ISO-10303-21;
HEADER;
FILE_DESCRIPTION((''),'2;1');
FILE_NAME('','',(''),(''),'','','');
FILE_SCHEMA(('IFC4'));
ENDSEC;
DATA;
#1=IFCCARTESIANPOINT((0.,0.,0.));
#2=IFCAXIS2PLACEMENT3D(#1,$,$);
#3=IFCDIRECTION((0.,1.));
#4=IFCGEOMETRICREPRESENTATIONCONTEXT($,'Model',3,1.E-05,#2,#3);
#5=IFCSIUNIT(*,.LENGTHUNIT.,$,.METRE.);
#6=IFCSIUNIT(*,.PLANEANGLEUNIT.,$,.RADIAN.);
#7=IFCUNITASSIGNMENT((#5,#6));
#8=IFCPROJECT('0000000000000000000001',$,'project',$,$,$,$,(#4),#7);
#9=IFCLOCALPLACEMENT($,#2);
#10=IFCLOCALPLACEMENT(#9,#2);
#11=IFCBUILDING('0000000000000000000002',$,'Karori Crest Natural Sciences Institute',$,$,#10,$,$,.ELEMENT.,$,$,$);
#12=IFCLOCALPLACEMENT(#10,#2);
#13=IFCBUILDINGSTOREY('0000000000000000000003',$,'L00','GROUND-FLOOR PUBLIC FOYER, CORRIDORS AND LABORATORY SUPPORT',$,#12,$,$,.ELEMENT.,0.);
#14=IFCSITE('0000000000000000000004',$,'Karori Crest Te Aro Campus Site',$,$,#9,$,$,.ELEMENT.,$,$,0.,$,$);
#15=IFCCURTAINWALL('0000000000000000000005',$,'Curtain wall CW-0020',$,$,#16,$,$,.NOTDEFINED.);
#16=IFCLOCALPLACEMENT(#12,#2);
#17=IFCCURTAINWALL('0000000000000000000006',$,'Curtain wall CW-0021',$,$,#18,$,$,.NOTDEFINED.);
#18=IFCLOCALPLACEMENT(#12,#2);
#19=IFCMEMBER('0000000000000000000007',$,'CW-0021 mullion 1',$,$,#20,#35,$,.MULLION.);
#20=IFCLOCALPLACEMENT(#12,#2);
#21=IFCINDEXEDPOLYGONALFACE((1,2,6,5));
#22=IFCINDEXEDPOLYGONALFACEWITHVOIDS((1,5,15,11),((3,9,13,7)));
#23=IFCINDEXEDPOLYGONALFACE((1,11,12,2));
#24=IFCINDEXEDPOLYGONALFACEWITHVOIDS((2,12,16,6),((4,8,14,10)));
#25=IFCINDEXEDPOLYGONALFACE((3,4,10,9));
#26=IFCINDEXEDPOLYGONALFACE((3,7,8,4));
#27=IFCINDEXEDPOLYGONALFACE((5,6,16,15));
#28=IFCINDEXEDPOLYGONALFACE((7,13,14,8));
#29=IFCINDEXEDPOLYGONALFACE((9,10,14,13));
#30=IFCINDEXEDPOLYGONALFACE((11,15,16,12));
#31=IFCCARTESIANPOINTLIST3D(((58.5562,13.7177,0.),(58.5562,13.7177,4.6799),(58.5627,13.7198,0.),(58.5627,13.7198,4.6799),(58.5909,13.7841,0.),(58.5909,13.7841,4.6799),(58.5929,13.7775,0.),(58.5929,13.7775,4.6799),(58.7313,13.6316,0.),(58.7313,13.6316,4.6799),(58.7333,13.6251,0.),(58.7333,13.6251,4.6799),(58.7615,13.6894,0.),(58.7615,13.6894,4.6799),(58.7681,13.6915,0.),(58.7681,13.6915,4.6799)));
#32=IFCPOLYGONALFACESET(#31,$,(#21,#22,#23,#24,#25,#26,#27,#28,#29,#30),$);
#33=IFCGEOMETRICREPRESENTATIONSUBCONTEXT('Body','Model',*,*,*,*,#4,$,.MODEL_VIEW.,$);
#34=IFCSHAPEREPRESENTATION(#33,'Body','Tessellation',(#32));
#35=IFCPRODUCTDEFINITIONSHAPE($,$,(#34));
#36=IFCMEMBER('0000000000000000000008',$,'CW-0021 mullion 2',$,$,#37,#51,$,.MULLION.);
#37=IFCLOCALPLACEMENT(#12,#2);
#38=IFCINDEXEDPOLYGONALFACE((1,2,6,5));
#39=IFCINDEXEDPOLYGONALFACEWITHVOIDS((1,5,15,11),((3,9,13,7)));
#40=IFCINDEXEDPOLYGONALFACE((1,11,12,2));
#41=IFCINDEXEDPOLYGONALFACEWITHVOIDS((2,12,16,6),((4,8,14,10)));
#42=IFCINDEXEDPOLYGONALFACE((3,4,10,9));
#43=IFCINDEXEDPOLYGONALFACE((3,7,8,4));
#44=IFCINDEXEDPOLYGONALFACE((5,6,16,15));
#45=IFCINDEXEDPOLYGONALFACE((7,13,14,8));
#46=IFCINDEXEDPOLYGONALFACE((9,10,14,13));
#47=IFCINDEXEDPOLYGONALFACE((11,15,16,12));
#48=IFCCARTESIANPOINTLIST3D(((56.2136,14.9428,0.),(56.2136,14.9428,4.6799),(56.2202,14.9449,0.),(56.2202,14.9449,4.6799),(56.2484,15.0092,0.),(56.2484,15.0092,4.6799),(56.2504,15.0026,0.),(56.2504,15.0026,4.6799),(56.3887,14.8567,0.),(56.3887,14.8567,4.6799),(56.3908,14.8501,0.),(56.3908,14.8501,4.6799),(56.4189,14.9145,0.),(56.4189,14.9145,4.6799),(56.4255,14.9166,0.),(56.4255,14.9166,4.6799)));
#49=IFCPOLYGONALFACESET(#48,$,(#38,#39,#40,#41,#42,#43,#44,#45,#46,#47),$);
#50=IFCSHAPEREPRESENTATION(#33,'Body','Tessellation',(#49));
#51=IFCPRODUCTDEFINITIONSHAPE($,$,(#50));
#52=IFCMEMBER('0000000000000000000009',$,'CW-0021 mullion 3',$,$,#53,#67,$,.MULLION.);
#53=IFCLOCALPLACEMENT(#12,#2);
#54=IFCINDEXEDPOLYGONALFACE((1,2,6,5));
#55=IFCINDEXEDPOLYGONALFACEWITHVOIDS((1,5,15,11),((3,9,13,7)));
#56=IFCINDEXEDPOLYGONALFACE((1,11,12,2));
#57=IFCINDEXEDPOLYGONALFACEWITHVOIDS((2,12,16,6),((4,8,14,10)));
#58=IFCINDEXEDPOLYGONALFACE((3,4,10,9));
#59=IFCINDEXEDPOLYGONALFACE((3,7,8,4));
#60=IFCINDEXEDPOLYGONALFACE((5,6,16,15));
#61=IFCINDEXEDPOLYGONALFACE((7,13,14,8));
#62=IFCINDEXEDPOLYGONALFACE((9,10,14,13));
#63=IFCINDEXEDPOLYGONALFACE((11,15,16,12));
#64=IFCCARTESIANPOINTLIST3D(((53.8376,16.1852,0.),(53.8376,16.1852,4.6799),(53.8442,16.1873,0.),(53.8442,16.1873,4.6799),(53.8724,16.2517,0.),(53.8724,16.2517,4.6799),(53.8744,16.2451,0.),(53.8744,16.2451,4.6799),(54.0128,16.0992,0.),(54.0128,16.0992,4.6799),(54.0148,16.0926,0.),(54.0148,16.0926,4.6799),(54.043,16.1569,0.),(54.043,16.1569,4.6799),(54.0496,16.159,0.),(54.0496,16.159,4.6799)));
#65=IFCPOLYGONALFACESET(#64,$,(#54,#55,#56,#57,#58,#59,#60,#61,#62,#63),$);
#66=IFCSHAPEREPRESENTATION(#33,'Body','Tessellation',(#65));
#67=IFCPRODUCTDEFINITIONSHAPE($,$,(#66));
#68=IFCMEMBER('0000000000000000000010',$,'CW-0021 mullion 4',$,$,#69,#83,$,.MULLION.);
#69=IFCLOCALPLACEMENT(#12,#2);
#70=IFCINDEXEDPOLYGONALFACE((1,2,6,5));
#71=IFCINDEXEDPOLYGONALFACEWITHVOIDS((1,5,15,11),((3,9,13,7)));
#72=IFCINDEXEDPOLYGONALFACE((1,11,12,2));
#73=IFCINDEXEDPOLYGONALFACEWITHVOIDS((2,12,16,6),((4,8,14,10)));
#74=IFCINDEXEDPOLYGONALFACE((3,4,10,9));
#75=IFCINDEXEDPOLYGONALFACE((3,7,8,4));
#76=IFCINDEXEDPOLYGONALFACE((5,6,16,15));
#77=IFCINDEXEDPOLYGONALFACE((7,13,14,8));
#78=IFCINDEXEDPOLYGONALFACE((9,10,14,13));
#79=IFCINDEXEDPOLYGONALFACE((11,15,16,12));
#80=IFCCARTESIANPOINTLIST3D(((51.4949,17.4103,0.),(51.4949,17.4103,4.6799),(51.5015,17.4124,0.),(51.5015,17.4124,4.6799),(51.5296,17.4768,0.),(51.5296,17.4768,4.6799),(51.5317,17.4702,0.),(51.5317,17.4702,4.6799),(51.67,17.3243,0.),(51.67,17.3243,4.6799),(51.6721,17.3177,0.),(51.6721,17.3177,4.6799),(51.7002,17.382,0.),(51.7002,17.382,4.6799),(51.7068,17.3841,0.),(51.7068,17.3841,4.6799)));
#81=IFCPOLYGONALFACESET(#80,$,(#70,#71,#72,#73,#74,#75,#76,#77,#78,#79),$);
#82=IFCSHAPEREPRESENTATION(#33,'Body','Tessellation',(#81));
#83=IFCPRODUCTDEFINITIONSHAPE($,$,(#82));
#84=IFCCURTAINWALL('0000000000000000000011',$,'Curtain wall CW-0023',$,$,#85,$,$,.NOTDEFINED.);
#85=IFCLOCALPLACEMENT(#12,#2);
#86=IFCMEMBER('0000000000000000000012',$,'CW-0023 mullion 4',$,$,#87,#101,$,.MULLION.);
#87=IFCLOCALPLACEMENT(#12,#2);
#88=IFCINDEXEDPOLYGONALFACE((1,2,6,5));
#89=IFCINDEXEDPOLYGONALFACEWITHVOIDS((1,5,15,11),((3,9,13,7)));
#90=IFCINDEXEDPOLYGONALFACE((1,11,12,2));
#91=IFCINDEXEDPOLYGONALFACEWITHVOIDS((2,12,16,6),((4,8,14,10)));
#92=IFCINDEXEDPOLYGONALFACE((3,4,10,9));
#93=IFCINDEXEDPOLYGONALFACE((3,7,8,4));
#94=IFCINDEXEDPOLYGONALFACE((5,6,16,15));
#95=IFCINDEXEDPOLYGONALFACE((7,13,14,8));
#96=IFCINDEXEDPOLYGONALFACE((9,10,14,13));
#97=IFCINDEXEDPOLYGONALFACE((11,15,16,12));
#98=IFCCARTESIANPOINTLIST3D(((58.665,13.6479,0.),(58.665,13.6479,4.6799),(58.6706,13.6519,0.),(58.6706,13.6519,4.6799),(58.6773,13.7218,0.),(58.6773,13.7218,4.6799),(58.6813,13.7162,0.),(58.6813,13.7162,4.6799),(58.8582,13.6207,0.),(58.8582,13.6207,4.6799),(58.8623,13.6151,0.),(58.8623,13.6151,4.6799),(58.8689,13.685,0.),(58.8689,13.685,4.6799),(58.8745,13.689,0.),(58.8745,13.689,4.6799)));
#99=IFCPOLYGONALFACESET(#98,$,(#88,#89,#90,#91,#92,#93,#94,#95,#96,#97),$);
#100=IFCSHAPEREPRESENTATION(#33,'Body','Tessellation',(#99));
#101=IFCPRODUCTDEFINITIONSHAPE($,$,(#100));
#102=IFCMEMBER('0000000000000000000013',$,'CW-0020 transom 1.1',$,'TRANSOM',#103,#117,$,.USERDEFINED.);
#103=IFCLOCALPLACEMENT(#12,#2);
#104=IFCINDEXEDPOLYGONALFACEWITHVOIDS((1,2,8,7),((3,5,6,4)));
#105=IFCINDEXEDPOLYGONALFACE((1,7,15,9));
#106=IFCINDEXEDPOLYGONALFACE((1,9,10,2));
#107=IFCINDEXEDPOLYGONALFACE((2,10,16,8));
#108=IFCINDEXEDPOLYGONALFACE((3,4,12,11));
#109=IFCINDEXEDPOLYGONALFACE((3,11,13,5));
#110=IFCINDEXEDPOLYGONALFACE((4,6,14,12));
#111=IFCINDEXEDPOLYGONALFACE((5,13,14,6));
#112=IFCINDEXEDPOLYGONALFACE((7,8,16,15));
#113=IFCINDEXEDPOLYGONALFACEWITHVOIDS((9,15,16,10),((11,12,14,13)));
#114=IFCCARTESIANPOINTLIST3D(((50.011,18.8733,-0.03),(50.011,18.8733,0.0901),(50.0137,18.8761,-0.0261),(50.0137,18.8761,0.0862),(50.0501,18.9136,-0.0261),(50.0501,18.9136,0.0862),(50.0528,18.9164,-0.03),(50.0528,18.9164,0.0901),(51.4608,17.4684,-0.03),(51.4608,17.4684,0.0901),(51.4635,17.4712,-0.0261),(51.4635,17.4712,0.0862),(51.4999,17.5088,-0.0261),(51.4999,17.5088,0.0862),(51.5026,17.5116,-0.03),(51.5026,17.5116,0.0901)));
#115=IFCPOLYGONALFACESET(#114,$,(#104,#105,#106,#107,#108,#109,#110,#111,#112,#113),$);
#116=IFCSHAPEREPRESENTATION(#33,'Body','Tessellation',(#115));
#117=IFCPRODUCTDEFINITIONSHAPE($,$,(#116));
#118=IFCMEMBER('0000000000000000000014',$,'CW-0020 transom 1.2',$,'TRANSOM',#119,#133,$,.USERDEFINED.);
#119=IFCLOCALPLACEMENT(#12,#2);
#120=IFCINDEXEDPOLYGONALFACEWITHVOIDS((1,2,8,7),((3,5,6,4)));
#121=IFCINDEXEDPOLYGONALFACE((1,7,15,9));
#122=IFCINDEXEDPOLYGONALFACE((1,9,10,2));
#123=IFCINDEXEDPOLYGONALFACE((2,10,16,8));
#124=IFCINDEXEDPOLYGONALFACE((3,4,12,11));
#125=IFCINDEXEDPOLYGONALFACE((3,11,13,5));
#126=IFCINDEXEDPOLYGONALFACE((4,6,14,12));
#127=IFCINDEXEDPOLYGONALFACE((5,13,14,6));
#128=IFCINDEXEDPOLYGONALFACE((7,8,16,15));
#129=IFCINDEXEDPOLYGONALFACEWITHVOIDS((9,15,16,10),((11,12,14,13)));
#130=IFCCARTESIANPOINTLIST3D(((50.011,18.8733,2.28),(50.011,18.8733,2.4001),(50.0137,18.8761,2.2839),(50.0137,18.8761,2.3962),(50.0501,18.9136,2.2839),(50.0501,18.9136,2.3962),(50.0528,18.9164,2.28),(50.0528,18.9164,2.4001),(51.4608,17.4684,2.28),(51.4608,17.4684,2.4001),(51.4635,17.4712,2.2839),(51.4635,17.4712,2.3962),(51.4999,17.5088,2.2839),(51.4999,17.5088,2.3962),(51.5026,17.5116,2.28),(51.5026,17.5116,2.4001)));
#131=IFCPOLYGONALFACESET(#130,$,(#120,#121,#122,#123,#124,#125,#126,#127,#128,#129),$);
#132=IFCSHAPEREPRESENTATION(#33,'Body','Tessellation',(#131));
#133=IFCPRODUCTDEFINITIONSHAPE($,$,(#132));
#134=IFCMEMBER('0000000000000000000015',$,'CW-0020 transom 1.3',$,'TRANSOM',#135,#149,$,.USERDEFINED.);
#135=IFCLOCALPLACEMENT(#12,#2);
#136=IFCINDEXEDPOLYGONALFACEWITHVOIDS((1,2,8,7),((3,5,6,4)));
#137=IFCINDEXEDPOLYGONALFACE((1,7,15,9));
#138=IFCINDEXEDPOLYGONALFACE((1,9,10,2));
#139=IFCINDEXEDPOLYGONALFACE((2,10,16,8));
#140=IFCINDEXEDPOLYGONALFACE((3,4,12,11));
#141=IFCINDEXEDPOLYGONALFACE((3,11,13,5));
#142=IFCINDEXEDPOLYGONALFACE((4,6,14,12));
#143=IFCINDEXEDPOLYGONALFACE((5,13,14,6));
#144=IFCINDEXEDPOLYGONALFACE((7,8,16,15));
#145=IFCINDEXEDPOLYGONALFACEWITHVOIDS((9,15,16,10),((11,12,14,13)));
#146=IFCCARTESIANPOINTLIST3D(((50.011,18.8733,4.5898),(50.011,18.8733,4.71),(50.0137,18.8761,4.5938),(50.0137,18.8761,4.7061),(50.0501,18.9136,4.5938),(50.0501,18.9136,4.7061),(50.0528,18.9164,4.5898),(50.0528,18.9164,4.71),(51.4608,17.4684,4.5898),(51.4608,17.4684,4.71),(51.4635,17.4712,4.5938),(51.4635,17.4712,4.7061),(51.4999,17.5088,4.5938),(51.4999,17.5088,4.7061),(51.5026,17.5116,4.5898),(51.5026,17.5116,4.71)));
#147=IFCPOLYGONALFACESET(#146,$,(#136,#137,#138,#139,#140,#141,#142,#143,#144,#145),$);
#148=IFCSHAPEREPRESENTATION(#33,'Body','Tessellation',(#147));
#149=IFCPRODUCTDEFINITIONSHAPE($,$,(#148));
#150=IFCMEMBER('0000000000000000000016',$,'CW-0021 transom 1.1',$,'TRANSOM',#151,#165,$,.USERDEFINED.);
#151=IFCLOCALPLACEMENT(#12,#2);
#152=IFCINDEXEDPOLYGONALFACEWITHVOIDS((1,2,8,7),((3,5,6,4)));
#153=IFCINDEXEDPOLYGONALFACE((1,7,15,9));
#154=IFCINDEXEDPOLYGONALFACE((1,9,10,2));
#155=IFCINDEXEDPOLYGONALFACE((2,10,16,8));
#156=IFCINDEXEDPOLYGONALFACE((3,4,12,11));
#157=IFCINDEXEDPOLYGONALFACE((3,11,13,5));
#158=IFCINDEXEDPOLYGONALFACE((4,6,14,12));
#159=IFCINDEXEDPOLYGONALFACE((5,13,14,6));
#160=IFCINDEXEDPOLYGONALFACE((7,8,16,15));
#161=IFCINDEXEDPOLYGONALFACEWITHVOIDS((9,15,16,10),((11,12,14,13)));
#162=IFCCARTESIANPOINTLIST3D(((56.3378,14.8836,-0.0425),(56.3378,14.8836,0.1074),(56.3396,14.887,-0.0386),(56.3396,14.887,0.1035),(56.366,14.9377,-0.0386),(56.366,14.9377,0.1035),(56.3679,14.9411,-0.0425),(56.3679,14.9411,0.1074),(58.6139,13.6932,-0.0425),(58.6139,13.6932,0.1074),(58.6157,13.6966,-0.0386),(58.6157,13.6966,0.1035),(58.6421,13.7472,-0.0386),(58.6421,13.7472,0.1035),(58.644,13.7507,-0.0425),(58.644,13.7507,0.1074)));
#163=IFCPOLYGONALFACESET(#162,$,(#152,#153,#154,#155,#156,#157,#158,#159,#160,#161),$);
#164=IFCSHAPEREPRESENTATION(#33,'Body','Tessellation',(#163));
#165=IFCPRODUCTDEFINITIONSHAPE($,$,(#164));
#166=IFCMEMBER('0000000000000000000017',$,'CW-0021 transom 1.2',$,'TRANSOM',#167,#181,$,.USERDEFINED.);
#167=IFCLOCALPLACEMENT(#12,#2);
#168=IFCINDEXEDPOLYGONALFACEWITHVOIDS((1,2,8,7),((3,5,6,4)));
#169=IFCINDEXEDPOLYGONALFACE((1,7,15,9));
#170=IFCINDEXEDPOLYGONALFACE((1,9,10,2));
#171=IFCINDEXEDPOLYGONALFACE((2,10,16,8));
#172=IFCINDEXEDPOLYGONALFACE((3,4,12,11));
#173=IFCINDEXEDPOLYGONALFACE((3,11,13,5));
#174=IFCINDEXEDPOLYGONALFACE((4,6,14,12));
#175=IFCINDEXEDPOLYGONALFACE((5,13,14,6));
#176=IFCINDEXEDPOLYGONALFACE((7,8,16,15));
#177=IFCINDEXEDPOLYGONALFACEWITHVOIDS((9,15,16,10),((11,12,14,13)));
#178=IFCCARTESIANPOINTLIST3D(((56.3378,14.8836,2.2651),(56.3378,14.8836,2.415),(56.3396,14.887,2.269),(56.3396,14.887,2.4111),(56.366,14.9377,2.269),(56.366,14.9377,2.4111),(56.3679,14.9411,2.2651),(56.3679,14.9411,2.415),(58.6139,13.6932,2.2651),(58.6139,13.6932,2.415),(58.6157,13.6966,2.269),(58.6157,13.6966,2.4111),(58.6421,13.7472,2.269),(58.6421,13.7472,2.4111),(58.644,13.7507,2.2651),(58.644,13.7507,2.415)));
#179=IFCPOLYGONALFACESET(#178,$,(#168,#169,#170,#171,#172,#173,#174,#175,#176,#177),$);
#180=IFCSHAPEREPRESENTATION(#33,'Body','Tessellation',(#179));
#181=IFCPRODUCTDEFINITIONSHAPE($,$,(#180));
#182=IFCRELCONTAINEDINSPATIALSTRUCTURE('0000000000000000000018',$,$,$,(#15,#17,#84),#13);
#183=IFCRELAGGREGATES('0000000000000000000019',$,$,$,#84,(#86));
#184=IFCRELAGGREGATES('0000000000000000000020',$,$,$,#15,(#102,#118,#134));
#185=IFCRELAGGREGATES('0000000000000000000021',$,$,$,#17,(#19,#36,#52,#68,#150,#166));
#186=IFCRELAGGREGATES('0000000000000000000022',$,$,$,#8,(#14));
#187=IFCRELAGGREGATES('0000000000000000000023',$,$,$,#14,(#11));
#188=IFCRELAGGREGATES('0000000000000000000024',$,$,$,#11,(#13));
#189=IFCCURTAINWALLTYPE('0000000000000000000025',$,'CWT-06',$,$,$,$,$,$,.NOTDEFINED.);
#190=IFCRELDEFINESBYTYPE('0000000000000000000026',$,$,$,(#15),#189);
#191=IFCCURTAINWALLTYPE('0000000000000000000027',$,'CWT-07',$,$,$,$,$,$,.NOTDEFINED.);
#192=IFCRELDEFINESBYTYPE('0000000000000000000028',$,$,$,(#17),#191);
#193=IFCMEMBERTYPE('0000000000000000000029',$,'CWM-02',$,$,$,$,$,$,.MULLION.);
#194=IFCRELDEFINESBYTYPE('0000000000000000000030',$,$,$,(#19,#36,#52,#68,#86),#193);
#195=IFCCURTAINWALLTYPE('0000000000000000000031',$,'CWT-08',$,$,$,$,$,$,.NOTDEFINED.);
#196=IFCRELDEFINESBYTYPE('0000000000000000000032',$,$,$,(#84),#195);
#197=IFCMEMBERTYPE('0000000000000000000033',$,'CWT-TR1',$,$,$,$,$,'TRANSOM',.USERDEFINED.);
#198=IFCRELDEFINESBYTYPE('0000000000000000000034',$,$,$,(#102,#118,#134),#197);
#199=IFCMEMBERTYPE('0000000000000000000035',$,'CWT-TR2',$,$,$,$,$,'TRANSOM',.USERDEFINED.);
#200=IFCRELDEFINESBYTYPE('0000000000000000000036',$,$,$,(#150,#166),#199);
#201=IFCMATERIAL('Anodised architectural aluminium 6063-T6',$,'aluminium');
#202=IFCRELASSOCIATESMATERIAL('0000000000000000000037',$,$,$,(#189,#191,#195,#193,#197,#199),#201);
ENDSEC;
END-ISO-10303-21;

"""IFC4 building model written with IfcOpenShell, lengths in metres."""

from ifc_helpers import new_model, si_unit, direction, frame, origin, origin_2d, place, context, subcontext, project, spatial, hollow_rectangle, extrude, material, material_profile, profile_set, type_object, element, aggregate, save


model = new_model("IFC4")

# Units and contexts
model_context = context("Model", 3, precision=1e-05, world=origin(), true_north=direction((0.0, 1.0)))
body_context = subcontext(model_context, "Body", "Model", "MODEL_VIEW")
ifc_project = project(units=[si_unit("LENGTHUNIT", "METRE"), si_unit("PLANEANGLEUNIT", "RADIAN")], contexts=[model_context])

# Site, building, storey
site_placement = place(None, origin())
site = spatial("IfcSite", under=ifc_project, at=site_placement, Name="Karori Crest Te Aro Campus Site", CompositionType="ELEMENT", RefElevation=0.0)
building_placement = place(site_placement, origin())
building = spatial("IfcBuilding", under=site, at=building_placement, Name="Karori Crest Natural Sciences Institute", CompositionType="ELEMENT")
storey_placement = place(building_placement, origin())
storey = spatial("IfcBuildingStorey", under=building, at=storey_placement, Name="L00", Description="GROUND-FLOOR PUBLIC FOYER, CORRIDORS AND LABORATORY SUPPORT", CompositionType="ELEMENT", Elevation=0.0)

# Curtain wall
ifc_material_1 = material(Name="Anodised architectural aluminium 6063-T6", Category="aluminium")
curtain_wall_type_1 = type_object("IfcCurtainWallType", Name="CWT-06", PredefinedType="NOTDEFINED", material=ifc_material_1)
curtain_wall_1_placement = place(storey_placement, origin())
curtain_wall_1 = element("IfcCurtainWall", 1, at=curtain_wall_1_placement, inside=storey, type_object=curtain_wall_type_1, Name="Curtain wall CW-0020", PredefinedType="NOTDEFINED")
ifc_material_profile_1 = material_profile(ifc_material_1, hollow_rectangle(XDim=0.075, YDim=0.2, WallThickness=0.0049, at=origin_2d()), Name="CWM200x75x5")
ifc_profile_set_1 = profile_set([ifc_material_profile_1], Name="Anodised architectural aluminium 6063-T6")
member_type_1 = type_object("IfcMemberType", Name="CWM-02", PredefinedType="MULLION", material=ifc_profile_set_1)

# Curtain wall, members
curtain_wall_type_2 = type_object("IfcCurtainWallType", Name="CWT-07", PredefinedType="NOTDEFINED", material=ifc_material_1)
curtain_wall_2_placement = place(storey_placement, origin())
curtain_wall_2 = element("IfcCurtainWall", 2, at=curtain_wall_2_placement, inside=storey, type_object=curtain_wall_type_2, Name="Curtain wall CW-0021", PredefinedType="NOTDEFINED")
member_1_placement = place(storey_placement, frame((58.6621, 13.7046, 0.0), z_axis=(0.0, 0.0, 1.0), x_axis=(-0.463426, -0.886136, 0.0)))
member_1 = element("IfcMember", 3, at=member_1_placement, type_object=member_type_1, Name="CW-0021 mullion 1", PredefinedType="MULLION", context=body_context, shape_type="SweptSolid", body=[
    extrude(hollow_rectangle(XDim=0.075, YDim=0.2, WallThickness=0.0049, at=origin_2d()), origin(), (0.0, 0.0, 1.0), 4.6799),
])
member_2_placement = place(storey_placement, frame((56.3196, 14.9297, 0.0), z_axis=(0.0, 0.0, 1.0), x_axis=(-0.463426, -0.886136, 0.0)))
member_2 = element("IfcMember", 4, at=member_2_placement, type_object=member_type_1, Name="CW-0021 mullion 2", PredefinedType="MULLION", context=body_context, shape_type="SweptSolid", body=[
    extrude(hollow_rectangle(XDim=0.075, YDim=0.2, WallThickness=0.0049, at=origin_2d()), origin(), (0.0, 0.0, 1.0), 4.6799),
])
member_3_placement = place(storey_placement, frame((53.9436, 16.1721, 0.0), z_axis=(0.0, 0.0, 1.0), x_axis=(-0.463426, -0.886136, 0.0)))
member_3 = element("IfcMember", 5, at=member_3_placement, type_object=member_type_1, Name="CW-0021 mullion 3", PredefinedType="MULLION", context=body_context, shape_type="SweptSolid", body=[
    extrude(hollow_rectangle(XDim=0.075, YDim=0.2, WallThickness=0.0049, at=origin_2d()), origin(), (0.0, 0.0, 1.0), 4.6799),
])
member_4_placement = place(storey_placement, frame((51.6008, 17.3972, 0.0), z_axis=(0.0, 0.0, 1.0), x_axis=(-0.463426, -0.886136, 0.0)))
member_4 = element("IfcMember", 6, at=member_4_placement, type_object=member_type_1, Name="CW-0021 mullion 4", PredefinedType="MULLION", context=body_context, shape_type="SweptSolid", body=[
    extrude(hollow_rectangle(XDim=0.075, YDim=0.2, WallThickness=0.0049, at=origin_2d()), origin(), (0.0, 0.0, 1.0), 4.6799),
])

# Curtain wall, member
curtain_wall_type_3 = type_object("IfcCurtainWallType", Name="CWT-08", PredefinedType="NOTDEFINED", material=ifc_material_1)
curtain_wall_3_placement = place(storey_placement, origin())
curtain_wall_3 = element("IfcCurtainWall", 7, at=curtain_wall_3_placement, inside=storey, type_object=curtain_wall_type_3, Name="Curtain wall CW-0023", PredefinedType="NOTDEFINED")
member_5_placement = place(storey_placement, frame((58.7698, 13.6685, 0.0), z_axis=(0.0, 0.0, 1.0), x_axis=(-0.163974, -0.986465, 0.0)))
member_5 = element("IfcMember", 8, at=member_5_placement, type_object=member_type_1, Name="CW-0023 mullion 4", PredefinedType="MULLION", context=body_context, shape_type="SweptSolid", body=[
    extrude(hollow_rectangle(XDim=0.075, YDim=0.2, WallThickness=0.0049, at=origin_2d()), origin(), (0.0, 0.0, 1.0), 4.6799),
])
aggregate(curtain_wall_3, [member_5])

# Members
ifc_material_profile_2 = material_profile(ifc_material_1, hollow_rectangle(XDim=0.0601, YDim=0.1201, WallThickness=0.0039, at=origin_2d()), Name="CWT120x60x4")
ifc_profile_set_2 = profile_set([ifc_material_profile_2], Name="Anodised architectural aluminium 6063-T6")
member_type_2 = type_object("IfcMemberType", Name="CWT-TR1", ElementType="TRANSOM", PredefinedType="USERDEFINED", material=ifc_profile_set_2)
member_6_placement = place(storey_placement, frame((51.4817, 17.49, 0.03), z_axis=(-0.718146, 0.695893, 0.0), x_axis=(-0.695893, -0.718146, 0.0)))
member_6 = element("IfcMember", 9, at=member_6_placement, type_object=member_type_2, Name="CW-0020 transom 1.1", ObjectType="TRANSOM", PredefinedType="USERDEFINED", context=body_context, shape_type="SweptSolid", body=[
    extrude(hollow_rectangle(XDim=0.0601, YDim=0.1201, WallThickness=0.0039, at=origin_2d()), origin(), (0.0, 0.0, 1.0), 2.0188),
])
member_7_placement = place(storey_placement, frame((51.4817, 17.49, 2.3401), z_axis=(-0.718146, 0.695893, 0.0), x_axis=(-0.695893, -0.718146, 0.0)))
member_7 = element("IfcMember", 10, at=member_7_placement, type_object=member_type_2, Name="CW-0020 transom 1.2", ObjectType="TRANSOM", PredefinedType="USERDEFINED", context=body_context, shape_type="SweptSolid", body=[
    extrude(hollow_rectangle(XDim=0.0601, YDim=0.1201, WallThickness=0.0039, at=origin_2d()), origin(), (0.0, 0.0, 1.0), 2.0188),
])
member_8_placement = place(storey_placement, frame((51.4817, 17.49, 4.6499), z_axis=(-0.718146, 0.695893, 0.0), x_axis=(-0.695893, -0.718146, 0.0)))
member_8 = element("IfcMember", 11, at=member_8_placement, type_object=member_type_2, Name="CW-0020 transom 1.3", ObjectType="TRANSOM", PredefinedType="USERDEFINED", context=body_context, shape_type="SweptSolid", body=[
    extrude(hollow_rectangle(XDim=0.0601, YDim=0.1201, WallThickness=0.0039, at=origin_2d()), origin(), (0.0, 0.0, 1.0), 2.0188),
])
ifc_material_profile_3 = material_profile(ifc_material_1, hollow_rectangle(XDim=0.0649, YDim=0.1499, WallThickness=0.0039, at=origin_2d()), Name="CWT150x65x4")
ifc_profile_set_3 = profile_set([ifc_material_profile_3], Name="Anodised architectural aluminium 6063-T6")
member_type_3 = type_object("IfcMemberType", Name="CWT-TR2", ElementType="TRANSOM", PredefinedType="USERDEFINED", material=ifc_profile_set_3)
member_9_placement = place(storey_placement, frame((58.6289, 13.7219, 0.0325), z_axis=(-0.886123, 0.463449, 0.0), x_axis=(-0.463449, -0.886123, 0.0)))
member_9 = element("IfcMember", 12, at=member_9_placement, type_object=member_type_3, Name="CW-0021 transom 1.1", ObjectType="TRANSOM", PredefinedType="USERDEFINED", context=body_context, shape_type="SweptSolid", body=[
    extrude(hollow_rectangle(XDim=0.0649, YDim=0.1499, WallThickness=0.0039, at=origin_2d()), origin(), (0.0, 0.0, 1.0), 2.5686),
])
member_10_placement = place(storey_placement, frame((58.6289, 13.7219, 2.3401), z_axis=(-0.886123, 0.463449, 0.0), x_axis=(-0.463449, -0.886123, 0.0)))
member_10 = element("IfcMember", 13, at=member_10_placement, type_object=member_type_3, Name="CW-0021 transom 1.2", ObjectType="TRANSOM", PredefinedType="USERDEFINED", context=body_context, shape_type="SweptSolid", body=[
    extrude(hollow_rectangle(XDim=0.0649, YDim=0.1499, WallThickness=0.0039, at=origin_2d()), origin(), (0.0, 0.0, 1.0), 2.5686),
])

aggregate(curtain_wall_1, [member_6, member_7, member_8])
aggregate(curtain_wall_2, [member_1, member_2, member_3, member_4, member_9, member_10])

save(model, "model.ifc")
